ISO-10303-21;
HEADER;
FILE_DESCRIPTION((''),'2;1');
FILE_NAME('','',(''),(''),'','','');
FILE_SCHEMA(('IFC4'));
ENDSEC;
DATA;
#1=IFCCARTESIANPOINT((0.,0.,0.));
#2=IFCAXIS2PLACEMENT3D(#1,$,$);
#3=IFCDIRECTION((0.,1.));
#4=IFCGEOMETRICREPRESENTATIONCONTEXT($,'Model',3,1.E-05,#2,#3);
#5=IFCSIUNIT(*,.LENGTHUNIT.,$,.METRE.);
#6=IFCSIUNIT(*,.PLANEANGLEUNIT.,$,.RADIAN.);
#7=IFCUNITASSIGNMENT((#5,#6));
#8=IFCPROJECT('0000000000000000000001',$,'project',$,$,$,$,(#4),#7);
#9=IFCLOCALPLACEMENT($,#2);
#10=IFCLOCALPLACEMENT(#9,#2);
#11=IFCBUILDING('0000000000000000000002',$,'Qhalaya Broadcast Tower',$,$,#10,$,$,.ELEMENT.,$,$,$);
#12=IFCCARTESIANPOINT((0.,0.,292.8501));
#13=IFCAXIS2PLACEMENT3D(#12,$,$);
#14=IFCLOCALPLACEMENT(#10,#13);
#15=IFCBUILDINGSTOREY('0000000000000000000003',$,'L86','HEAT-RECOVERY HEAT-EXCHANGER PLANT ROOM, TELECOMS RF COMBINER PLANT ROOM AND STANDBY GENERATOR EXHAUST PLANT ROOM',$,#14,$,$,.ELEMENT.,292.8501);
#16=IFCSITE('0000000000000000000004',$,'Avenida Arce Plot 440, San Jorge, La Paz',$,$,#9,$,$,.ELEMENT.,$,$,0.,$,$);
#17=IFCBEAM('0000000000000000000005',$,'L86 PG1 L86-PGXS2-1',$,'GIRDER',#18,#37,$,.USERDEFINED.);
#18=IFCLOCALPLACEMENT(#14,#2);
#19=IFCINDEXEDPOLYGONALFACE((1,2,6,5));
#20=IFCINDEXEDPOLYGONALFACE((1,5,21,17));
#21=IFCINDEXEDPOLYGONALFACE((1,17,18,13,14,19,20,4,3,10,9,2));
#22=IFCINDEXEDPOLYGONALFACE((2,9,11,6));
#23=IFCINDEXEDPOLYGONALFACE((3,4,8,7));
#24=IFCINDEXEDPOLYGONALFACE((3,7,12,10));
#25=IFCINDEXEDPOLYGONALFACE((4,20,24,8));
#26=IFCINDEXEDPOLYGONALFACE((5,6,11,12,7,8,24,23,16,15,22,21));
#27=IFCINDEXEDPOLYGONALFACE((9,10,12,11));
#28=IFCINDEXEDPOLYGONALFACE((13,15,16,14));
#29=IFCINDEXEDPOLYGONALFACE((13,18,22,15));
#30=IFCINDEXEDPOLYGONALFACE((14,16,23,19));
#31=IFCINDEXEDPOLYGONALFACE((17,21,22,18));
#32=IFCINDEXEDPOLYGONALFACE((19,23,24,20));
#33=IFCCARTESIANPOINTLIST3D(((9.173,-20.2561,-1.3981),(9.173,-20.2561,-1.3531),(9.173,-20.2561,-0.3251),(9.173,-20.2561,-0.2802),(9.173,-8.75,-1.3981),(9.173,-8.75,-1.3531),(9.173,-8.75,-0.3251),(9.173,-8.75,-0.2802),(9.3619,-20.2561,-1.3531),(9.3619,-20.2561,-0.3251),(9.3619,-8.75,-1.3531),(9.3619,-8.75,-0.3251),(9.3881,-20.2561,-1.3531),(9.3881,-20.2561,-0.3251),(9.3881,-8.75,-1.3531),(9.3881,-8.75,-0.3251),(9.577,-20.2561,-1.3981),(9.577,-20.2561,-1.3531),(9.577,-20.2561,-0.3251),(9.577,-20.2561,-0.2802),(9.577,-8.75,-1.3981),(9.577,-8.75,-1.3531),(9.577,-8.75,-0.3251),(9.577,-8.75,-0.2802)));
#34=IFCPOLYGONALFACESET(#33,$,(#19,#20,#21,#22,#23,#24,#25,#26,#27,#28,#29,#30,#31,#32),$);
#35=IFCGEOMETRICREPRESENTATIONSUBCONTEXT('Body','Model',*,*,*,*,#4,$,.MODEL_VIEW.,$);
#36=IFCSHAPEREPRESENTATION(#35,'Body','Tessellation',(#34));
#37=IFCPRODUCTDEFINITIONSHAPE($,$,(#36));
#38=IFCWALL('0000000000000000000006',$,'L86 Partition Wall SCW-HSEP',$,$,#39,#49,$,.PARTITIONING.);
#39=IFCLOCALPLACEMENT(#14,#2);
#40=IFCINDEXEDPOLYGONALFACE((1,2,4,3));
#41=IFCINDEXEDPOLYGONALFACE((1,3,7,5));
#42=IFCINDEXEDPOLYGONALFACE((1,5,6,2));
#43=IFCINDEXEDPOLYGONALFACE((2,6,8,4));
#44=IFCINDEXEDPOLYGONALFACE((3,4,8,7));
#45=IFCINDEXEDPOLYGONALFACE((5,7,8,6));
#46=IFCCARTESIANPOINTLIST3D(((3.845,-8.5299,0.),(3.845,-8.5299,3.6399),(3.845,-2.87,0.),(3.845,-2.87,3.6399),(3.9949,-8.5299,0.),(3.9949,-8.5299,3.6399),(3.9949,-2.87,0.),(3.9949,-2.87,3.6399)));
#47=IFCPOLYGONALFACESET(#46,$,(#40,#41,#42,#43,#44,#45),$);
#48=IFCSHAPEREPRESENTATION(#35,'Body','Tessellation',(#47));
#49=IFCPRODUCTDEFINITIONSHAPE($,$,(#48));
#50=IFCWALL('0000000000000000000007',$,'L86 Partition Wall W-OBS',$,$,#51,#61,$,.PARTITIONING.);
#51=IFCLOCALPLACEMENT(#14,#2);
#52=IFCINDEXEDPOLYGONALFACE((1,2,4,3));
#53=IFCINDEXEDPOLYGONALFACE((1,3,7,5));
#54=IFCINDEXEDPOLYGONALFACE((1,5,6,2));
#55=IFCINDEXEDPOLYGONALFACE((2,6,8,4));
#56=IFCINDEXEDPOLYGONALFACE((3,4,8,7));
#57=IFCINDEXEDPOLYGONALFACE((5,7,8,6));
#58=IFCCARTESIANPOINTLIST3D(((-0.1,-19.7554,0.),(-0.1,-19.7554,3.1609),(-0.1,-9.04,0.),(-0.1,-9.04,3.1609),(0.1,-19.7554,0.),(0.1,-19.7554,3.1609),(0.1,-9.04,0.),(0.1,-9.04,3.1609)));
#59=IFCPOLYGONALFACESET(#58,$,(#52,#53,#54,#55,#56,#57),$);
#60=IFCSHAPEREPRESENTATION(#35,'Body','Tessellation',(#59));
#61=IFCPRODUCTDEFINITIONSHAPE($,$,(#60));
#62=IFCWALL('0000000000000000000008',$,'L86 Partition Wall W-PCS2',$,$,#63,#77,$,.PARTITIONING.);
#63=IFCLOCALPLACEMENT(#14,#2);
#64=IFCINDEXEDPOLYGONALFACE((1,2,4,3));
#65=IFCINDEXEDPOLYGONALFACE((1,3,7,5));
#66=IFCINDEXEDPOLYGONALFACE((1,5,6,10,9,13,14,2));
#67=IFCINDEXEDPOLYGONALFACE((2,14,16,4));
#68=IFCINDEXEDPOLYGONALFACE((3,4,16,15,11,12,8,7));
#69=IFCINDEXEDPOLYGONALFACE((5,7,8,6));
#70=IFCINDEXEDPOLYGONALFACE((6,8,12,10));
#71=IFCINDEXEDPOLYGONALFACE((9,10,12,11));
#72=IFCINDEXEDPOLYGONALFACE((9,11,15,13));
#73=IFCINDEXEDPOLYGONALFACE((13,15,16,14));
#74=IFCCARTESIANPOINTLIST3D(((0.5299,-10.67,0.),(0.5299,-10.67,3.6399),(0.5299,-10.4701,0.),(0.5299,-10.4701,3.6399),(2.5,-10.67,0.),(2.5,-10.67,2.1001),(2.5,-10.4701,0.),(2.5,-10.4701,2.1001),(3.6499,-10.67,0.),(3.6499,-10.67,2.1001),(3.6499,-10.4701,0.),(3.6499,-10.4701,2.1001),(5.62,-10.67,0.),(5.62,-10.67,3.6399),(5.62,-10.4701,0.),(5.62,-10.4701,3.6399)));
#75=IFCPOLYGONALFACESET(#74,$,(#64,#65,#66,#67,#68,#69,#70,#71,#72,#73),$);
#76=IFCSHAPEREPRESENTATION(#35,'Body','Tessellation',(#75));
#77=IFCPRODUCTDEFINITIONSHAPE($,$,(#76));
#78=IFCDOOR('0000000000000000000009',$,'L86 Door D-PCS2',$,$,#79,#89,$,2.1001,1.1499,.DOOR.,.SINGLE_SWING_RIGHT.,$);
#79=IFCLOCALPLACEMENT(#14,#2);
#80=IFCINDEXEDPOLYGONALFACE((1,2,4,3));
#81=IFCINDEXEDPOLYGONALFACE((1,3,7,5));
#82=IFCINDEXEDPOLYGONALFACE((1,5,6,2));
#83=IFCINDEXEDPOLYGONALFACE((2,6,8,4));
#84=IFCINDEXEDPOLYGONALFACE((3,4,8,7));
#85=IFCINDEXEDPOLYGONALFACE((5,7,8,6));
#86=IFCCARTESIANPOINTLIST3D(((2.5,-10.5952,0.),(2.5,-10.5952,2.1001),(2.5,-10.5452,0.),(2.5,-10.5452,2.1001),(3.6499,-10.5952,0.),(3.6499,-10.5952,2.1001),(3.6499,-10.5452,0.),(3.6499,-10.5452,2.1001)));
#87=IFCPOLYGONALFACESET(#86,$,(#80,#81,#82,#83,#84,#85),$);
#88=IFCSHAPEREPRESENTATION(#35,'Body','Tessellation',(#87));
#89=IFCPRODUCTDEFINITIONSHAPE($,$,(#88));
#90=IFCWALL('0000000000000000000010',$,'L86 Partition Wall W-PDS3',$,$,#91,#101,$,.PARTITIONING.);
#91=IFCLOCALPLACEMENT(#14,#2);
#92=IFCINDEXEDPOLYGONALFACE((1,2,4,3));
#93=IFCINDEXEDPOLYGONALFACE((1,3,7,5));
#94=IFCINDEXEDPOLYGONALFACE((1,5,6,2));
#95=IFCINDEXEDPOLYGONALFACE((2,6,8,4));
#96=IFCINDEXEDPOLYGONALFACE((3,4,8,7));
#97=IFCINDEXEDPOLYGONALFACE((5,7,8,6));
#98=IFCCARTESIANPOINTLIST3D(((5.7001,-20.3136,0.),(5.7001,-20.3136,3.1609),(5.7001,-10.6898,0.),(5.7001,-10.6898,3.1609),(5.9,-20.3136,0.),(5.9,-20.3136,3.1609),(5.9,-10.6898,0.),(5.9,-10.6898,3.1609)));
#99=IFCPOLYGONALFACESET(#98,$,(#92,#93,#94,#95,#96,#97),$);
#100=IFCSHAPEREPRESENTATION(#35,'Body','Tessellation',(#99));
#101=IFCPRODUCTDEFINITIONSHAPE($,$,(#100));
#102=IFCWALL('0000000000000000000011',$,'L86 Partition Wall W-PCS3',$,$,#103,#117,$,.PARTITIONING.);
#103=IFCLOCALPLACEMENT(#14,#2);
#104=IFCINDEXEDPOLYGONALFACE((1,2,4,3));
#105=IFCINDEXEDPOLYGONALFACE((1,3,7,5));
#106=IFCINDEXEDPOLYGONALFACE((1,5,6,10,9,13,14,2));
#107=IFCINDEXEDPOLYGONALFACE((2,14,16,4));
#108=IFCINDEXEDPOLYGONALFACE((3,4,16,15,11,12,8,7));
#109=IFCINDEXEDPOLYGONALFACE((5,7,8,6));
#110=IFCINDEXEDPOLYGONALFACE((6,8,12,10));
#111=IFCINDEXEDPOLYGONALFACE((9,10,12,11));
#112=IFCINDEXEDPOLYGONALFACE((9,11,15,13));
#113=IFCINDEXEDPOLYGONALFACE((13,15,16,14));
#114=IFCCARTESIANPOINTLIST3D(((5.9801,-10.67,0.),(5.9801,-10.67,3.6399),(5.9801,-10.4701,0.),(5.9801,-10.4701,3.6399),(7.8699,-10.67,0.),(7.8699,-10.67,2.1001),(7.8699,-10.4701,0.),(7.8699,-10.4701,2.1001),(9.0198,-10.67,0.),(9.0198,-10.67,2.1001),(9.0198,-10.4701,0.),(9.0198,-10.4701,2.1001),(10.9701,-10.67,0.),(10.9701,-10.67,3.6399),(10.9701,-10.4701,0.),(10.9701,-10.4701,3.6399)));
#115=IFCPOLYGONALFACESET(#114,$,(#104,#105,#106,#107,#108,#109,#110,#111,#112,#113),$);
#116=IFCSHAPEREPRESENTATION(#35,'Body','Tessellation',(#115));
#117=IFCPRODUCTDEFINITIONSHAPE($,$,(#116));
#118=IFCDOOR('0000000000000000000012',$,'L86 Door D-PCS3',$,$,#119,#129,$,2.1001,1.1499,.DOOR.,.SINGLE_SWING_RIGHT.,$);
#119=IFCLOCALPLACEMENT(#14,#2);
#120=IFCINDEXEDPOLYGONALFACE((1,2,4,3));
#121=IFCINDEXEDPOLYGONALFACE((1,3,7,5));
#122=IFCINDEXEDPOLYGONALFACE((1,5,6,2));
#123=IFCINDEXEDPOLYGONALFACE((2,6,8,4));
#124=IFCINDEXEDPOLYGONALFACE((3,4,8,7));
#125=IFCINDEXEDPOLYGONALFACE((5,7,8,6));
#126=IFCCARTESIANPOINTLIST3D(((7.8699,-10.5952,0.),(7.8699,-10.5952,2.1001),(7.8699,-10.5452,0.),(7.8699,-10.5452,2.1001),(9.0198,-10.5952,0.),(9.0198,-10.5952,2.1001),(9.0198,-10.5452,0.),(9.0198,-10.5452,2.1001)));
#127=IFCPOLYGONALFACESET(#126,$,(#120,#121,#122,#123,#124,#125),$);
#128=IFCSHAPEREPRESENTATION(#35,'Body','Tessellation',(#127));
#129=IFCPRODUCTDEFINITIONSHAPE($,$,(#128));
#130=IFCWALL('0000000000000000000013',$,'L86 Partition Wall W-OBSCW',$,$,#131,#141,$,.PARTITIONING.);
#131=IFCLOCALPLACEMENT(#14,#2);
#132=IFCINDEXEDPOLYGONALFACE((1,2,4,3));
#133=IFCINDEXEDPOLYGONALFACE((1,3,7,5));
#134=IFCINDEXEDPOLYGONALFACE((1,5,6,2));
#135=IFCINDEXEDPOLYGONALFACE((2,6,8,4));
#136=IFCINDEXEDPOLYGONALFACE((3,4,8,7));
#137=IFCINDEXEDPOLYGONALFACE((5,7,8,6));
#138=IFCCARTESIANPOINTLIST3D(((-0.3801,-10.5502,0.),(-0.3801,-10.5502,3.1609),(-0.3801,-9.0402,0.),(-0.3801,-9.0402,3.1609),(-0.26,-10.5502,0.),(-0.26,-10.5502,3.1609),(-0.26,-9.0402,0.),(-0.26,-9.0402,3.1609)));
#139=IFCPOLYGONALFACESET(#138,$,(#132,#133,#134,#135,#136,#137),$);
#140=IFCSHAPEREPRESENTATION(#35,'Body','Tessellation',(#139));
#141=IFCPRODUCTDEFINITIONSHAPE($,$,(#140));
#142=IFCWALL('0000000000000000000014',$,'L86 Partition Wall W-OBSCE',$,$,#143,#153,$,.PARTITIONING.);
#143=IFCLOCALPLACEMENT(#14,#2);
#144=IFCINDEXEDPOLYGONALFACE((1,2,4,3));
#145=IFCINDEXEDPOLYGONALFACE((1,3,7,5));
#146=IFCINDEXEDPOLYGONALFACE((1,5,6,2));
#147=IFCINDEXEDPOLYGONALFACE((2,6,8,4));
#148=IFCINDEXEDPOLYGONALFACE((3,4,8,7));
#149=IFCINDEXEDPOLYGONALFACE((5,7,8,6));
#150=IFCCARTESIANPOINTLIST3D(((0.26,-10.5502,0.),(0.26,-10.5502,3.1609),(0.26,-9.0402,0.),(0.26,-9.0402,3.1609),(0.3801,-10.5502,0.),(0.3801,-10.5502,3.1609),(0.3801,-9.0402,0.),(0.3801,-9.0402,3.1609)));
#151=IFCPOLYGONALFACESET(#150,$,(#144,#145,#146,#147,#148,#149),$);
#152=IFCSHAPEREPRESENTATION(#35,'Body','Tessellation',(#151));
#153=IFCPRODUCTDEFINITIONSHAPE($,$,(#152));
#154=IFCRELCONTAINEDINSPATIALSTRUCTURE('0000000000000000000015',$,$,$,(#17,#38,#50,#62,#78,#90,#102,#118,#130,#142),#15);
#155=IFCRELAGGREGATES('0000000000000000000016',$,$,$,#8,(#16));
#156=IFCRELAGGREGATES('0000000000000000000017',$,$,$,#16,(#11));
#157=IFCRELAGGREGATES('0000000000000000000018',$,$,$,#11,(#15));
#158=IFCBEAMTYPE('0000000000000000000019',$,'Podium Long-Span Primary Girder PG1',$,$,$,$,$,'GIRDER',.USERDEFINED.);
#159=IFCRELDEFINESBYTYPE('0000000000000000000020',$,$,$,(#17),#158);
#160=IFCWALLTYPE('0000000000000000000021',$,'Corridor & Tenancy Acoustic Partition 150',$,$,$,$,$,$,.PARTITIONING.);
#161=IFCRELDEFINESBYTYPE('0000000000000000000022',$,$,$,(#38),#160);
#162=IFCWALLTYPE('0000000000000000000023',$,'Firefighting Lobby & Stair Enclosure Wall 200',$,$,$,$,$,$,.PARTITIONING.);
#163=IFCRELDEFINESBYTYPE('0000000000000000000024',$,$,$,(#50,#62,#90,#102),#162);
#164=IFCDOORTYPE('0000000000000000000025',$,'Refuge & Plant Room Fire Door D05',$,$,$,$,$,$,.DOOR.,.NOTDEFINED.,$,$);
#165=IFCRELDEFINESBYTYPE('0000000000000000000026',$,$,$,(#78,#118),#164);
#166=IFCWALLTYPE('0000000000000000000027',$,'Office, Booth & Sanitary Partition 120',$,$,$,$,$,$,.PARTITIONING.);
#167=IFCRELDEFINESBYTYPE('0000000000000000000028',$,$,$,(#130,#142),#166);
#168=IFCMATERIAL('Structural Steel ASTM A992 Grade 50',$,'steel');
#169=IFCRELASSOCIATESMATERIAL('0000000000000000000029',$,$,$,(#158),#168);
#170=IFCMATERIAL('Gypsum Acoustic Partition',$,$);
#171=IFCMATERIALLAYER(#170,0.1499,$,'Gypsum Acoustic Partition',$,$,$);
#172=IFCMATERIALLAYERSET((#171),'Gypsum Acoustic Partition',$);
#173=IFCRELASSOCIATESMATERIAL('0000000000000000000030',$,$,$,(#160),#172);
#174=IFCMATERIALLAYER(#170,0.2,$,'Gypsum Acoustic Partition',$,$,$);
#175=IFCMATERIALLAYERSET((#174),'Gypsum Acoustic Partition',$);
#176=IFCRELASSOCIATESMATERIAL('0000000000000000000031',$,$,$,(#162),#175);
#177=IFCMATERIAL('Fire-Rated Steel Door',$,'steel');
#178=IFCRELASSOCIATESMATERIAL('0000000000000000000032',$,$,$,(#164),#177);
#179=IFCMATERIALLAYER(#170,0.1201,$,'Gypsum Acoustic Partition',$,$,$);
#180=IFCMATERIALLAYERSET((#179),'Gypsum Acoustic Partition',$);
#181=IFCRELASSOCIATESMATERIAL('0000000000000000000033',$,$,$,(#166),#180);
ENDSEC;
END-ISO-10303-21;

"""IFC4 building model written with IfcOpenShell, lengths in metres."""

from ifc_helpers import new_model, si_unit, direction, frame, frame_2d, origin, origin_2d, place, context, subcontext, project, spatial, rectangle, i_section, extrude, material, layer, layer_set, material_profile, profile_set, type_object, element, fill, save


model = new_model("IFC4")

# Units and contexts
model_context = context("Model", 3, precision=1e-05, world=origin(), true_north=direction((0.0, 1.0)))
body_context = subcontext(model_context, "Body", "Model", "MODEL_VIEW")
ifc_project = project(units=[si_unit("LENGTHUNIT", "METRE"), si_unit("PLANEANGLEUNIT", "RADIAN")], contexts=[model_context])

# Site, building, storey
site_placement = place(None, origin())
site = spatial("IfcSite", under=ifc_project, at=site_placement, Name="Avenida Arce Plot 440, San Jorge, La Paz", CompositionType="ELEMENT", RefElevation=0.0)
building_placement = place(site_placement, origin())
building = spatial("IfcBuilding", under=site, at=building_placement, Name="Qhalaya Broadcast Tower", CompositionType="ELEMENT")
storey_placement = place(building_placement, frame((0.0, 0.0, 292.8501)))
storey = spatial("IfcBuildingStorey", under=building, at=storey_placement, Name="L86", Description="HEAT-RECOVERY HEAT-EXCHANGER PLANT ROOM, TELECOMS RF COMBINER PLANT ROOM AND STANDBY GENERATOR EXHAUST PLANT ROOM", CompositionType="ELEMENT", Elevation=292.8501)

# Beam
ifc_material_1 = material(Name="Structural Steel ASTM A992 Grade 50", Category="steel")
ifc_material_profile_1 = material_profile(ifc_material_1, i_section(OverallWidth=0.4041, OverallDepth=1.1179, WebThickness=0.0261, FlangeThickness=0.0449, at=origin_2d()), Name="W44X335")
ifc_profile_set_1 = profile_set([ifc_material_profile_1], Name="Structural Steel ASTM A992 Grade 50")
beam_type_1 = type_object("IfcBeamType", Name="Podium Long-Span Primary Girder PG1", ElementType="GIRDER", PredefinedType="USERDEFINED", material=ifc_profile_set_1)
beam_1_placement = place(storey_placement, frame((9.375, -20.2561, -0.8391), z_axis=(0.0, 1.0, 0.0), x_axis=(-1.0, 0.0, 0.0)))
element("IfcBeam", 1, at=beam_1_placement, inside=storey, type_object=beam_type_1, Name="L86 PG1 L86-PGXS2-1", ObjectType="GIRDER", PredefinedType="USERDEFINED", context=body_context, shape_type="SweptSolid", body=[
    extrude(i_section(OverallWidth=0.4041, OverallDepth=1.1179, WebThickness=0.0261, FlangeThickness=0.0449, at=origin_2d()), origin(), (0.0, 0.0, 1.0), 11.5061),
])

# Walls
ifc_material_2 = material(Name="Gypsum Acoustic Partition")
ifc_layer_1 = layer(ifc_material_2, 0.1499, Name="Gypsum Acoustic Partition")
ifc_layer_set_1 = layer_set([ifc_layer_1], Name="Gypsum Acoustic Partition")
wall_type_1 = type_object("IfcWallType", Name="Corridor & Tenancy Acoustic Partition 150", PredefinedType="PARTITIONING", material=ifc_layer_set_1)
wall_1_placement = place(storey_placement, frame((3.9199, -8.53, 0.0), z_axis=(0.0, 0.0, 1.0), x_axis=(0.0, 1.0, 0.0)))
element("IfcWall", 2, at=wall_1_placement, inside=storey, type_object=wall_type_1, Name="L86 Partition Wall SCW-HSEP", PredefinedType="PARTITIONING", context=body_context, shape_type="SweptSolid", body=[
    extrude(rectangle(XDim=5.6599, YDim=0.1499, at=frame_2d((2.8301, 0.0))), origin(), (0.0, 0.0, 1.0), 3.6399),
])
ifc_layer_2 = layer(ifc_material_2, 0.2, Name="Gypsum Acoustic Partition")
ifc_layer_set_2 = layer_set([ifc_layer_2], Name="Gypsum Acoustic Partition")
wall_type_2 = type_object("IfcWallType", Name="Firefighting Lobby & Stair Enclosure Wall 200", PredefinedType="PARTITIONING", material=ifc_layer_set_2)
wall_2_placement = place(storey_placement, frame((0.0, -19.7554, 0.0), z_axis=(0.0, 0.0, 1.0), x_axis=(0.0, 1.0, 0.0)))
element("IfcWall", 3, at=wall_2_placement, inside=storey, type_object=wall_type_2, Name="L86 Partition Wall W-OBS", PredefinedType="PARTITIONING", context=body_context, shape_type="SweptSolid", body=[
    extrude(rectangle(XDim=10.7153, YDim=0.2, at=frame_2d((5.3577, 0.0))), origin(), (0.0, 0.0, 1.0), 3.1609),
])

# Wall, opening, door
wall_3_placement = place(storey_placement, frame((0.53, -10.5701, 0.0), z_axis=(0.0, 0.0, 1.0), x_axis=(1.0, 0.0, 0.0)))
wall_3 = element("IfcWall", 4, at=wall_3_placement, inside=storey, type_object=wall_type_2, Name="L86 Partition Wall W-PCS2", PredefinedType="PARTITIONING", context=body_context, shape_type="SweptSolid", body=[
    extrude(rectangle(XDim=5.0901, YDim=0.2, at=frame_2d((2.5449, 0.0))), origin(), (0.0, 0.0, 1.0), 3.6399),
])
opening_1_placement = place(wall_3_placement, frame((1.97, 0.0, 0.0)))
opening_1 = element("IfcOpeningElement", 5, at=opening_1_placement, cuts=wall_3, PredefinedType="OPENING", context=body_context, shape_type="SweptSolid", body=[
    extrude(rectangle(XDim=1.1499, YDim=2.1001, at=frame_2d((0.575, 1.05))), frame((0.0, 0.1121, 0.0), z_axis=(0.0, -1.0, 0.0), x_axis=(1.0, 0.0, 0.0)), (0.0, 0.0, 1.0), 0.2239),
])
ifc_material_3 = material(Name="Fire-Rated Steel Door", Category="steel")
door_type_1 = type_object("IfcDoorType", Name="Refuge & Plant Room Fire Door D05", OperationType="NOTDEFINED", PredefinedType="DOOR", material=ifc_material_3)
door_1_placement = place(opening_1_placement, origin())
door_1 = element("IfcDoor", 6, at=door_1_placement, inside=storey, type_object=door_type_1, Name="L86 Door D-PCS2", OperationType="SINGLE_SWING_RIGHT", OverallHeight=2.1001, OverallWidth=1.1499, PredefinedType="DOOR", context=body_context, shape_type="SweptSolid", body=[
    extrude(rectangle(XDim=1.1499, YDim=2.1001, at=frame_2d((0.575, 1.05))), frame((0.0, 0.0249, 0.0), z_axis=(0.0, -1.0, 0.0), x_axis=(1.0, 0.0, 0.0)), (0.0, 0.0, 1.0), 0.05),
])
fill(opening_1, door_1)

# Wall
wall_4_placement = place(storey_placement, frame((5.8, -20.3137, 0.0), z_axis=(0.0, 0.0, 1.0), x_axis=(0.0, 1.0, 0.0)))
element("IfcWall", 7, at=wall_4_placement, inside=storey, type_object=wall_type_2, Name="L86 Partition Wall W-PDS3", PredefinedType="PARTITIONING", context=body_context, shape_type="SweptSolid", body=[
    extrude(rectangle(XDim=9.6238, YDim=0.2, at=frame_2d((4.812, 0.0))), origin(), (0.0, 0.0, 1.0), 3.1609),
])

# Wall, opening, door
wall_5_placement = place(storey_placement, frame((5.98, -10.5701, 0.0), z_axis=(0.0, 0.0, 1.0), x_axis=(1.0, 0.0, 0.0)))
wall_5 = element("IfcWall", 8, at=wall_5_placement, inside=storey, type_object=wall_type_2, Name="L86 Partition Wall W-PCS3", PredefinedType="PARTITIONING", context=body_context, shape_type="SweptSolid", body=[
    extrude(rectangle(XDim=4.99, YDim=0.2, at=frame_2d((2.4951, 0.0))), origin(), (0.0, 0.0, 1.0), 3.6399),
])
opening_2_placement = place(wall_5_placement, frame((1.8899, 0.0, 0.0)))
opening_2 = element("IfcOpeningElement", 9, at=opening_2_placement, cuts=wall_5, PredefinedType="OPENING", context=body_context, shape_type="SweptSolid", body=[
    extrude(rectangle(XDim=1.1499, YDim=2.1001, at=frame_2d((0.575, 1.05))), frame((0.0, 0.1121, 0.0), z_axis=(0.0, -1.0, 0.0), x_axis=(1.0, 0.0, 0.0)), (0.0, 0.0, 1.0), 0.2239),
])
door_2_placement = place(opening_2_placement, origin())
door_2 = element("IfcDoor", 10, at=door_2_placement, inside=storey, type_object=door_type_1, Name="L86 Door D-PCS3", OperationType="SINGLE_SWING_RIGHT", OverallHeight=2.1001, OverallWidth=1.1499, PredefinedType="DOOR", context=body_context, shape_type="SweptSolid", body=[
    extrude(rectangle(XDim=1.1499, YDim=2.1001, at=frame_2d((0.575, 1.05))), frame((0.0, 0.0249, 0.0), z_axis=(0.0, -1.0, 0.0), x_axis=(1.0, 0.0, 0.0)), (0.0, 0.0, 1.0), 0.05),
])
fill(opening_2, door_2)

# Walls
ifc_layer_3 = layer(ifc_material_2, 0.1201, Name="Gypsum Acoustic Partition")
ifc_layer_set_3 = layer_set([ifc_layer_3], Name="Gypsum Acoustic Partition")
wall_type_3 = type_object("IfcWallType", Name="Office, Booth & Sanitary Partition 120", PredefinedType="PARTITIONING", material=ifc_layer_set_3)
for number, where, z_axis, x_axis, name in (
    (11, (-0.3201, -10.55, 0.0), (0.0, 0.0, 1.0), (0.0, 1.0, 0.0), "L86 Partition Wall W-OBSCW"),
    (12, (0.3201, -10.55, 0.0), (0.0, 0.0, 1.0), (0.0, 1.0, 0.0), "L86 Partition Wall W-OBSCE"),
):
    element("IfcWall", number, at=place(storey_placement, frame(where, z_axis=z_axis, x_axis=x_axis)), inside=storey, type_object=wall_type_3, Name=name, PredefinedType="PARTITIONING", context=body_context, shape_type="SweptSolid", body=[
        extrude(rectangle(XDim=1.51, YDim=0.1201, at=frame_2d((0.7549, 0.0))), origin(), (0.0, 0.0, 1.0), 3.1609),
    ])

save(model, "model.ifc")
